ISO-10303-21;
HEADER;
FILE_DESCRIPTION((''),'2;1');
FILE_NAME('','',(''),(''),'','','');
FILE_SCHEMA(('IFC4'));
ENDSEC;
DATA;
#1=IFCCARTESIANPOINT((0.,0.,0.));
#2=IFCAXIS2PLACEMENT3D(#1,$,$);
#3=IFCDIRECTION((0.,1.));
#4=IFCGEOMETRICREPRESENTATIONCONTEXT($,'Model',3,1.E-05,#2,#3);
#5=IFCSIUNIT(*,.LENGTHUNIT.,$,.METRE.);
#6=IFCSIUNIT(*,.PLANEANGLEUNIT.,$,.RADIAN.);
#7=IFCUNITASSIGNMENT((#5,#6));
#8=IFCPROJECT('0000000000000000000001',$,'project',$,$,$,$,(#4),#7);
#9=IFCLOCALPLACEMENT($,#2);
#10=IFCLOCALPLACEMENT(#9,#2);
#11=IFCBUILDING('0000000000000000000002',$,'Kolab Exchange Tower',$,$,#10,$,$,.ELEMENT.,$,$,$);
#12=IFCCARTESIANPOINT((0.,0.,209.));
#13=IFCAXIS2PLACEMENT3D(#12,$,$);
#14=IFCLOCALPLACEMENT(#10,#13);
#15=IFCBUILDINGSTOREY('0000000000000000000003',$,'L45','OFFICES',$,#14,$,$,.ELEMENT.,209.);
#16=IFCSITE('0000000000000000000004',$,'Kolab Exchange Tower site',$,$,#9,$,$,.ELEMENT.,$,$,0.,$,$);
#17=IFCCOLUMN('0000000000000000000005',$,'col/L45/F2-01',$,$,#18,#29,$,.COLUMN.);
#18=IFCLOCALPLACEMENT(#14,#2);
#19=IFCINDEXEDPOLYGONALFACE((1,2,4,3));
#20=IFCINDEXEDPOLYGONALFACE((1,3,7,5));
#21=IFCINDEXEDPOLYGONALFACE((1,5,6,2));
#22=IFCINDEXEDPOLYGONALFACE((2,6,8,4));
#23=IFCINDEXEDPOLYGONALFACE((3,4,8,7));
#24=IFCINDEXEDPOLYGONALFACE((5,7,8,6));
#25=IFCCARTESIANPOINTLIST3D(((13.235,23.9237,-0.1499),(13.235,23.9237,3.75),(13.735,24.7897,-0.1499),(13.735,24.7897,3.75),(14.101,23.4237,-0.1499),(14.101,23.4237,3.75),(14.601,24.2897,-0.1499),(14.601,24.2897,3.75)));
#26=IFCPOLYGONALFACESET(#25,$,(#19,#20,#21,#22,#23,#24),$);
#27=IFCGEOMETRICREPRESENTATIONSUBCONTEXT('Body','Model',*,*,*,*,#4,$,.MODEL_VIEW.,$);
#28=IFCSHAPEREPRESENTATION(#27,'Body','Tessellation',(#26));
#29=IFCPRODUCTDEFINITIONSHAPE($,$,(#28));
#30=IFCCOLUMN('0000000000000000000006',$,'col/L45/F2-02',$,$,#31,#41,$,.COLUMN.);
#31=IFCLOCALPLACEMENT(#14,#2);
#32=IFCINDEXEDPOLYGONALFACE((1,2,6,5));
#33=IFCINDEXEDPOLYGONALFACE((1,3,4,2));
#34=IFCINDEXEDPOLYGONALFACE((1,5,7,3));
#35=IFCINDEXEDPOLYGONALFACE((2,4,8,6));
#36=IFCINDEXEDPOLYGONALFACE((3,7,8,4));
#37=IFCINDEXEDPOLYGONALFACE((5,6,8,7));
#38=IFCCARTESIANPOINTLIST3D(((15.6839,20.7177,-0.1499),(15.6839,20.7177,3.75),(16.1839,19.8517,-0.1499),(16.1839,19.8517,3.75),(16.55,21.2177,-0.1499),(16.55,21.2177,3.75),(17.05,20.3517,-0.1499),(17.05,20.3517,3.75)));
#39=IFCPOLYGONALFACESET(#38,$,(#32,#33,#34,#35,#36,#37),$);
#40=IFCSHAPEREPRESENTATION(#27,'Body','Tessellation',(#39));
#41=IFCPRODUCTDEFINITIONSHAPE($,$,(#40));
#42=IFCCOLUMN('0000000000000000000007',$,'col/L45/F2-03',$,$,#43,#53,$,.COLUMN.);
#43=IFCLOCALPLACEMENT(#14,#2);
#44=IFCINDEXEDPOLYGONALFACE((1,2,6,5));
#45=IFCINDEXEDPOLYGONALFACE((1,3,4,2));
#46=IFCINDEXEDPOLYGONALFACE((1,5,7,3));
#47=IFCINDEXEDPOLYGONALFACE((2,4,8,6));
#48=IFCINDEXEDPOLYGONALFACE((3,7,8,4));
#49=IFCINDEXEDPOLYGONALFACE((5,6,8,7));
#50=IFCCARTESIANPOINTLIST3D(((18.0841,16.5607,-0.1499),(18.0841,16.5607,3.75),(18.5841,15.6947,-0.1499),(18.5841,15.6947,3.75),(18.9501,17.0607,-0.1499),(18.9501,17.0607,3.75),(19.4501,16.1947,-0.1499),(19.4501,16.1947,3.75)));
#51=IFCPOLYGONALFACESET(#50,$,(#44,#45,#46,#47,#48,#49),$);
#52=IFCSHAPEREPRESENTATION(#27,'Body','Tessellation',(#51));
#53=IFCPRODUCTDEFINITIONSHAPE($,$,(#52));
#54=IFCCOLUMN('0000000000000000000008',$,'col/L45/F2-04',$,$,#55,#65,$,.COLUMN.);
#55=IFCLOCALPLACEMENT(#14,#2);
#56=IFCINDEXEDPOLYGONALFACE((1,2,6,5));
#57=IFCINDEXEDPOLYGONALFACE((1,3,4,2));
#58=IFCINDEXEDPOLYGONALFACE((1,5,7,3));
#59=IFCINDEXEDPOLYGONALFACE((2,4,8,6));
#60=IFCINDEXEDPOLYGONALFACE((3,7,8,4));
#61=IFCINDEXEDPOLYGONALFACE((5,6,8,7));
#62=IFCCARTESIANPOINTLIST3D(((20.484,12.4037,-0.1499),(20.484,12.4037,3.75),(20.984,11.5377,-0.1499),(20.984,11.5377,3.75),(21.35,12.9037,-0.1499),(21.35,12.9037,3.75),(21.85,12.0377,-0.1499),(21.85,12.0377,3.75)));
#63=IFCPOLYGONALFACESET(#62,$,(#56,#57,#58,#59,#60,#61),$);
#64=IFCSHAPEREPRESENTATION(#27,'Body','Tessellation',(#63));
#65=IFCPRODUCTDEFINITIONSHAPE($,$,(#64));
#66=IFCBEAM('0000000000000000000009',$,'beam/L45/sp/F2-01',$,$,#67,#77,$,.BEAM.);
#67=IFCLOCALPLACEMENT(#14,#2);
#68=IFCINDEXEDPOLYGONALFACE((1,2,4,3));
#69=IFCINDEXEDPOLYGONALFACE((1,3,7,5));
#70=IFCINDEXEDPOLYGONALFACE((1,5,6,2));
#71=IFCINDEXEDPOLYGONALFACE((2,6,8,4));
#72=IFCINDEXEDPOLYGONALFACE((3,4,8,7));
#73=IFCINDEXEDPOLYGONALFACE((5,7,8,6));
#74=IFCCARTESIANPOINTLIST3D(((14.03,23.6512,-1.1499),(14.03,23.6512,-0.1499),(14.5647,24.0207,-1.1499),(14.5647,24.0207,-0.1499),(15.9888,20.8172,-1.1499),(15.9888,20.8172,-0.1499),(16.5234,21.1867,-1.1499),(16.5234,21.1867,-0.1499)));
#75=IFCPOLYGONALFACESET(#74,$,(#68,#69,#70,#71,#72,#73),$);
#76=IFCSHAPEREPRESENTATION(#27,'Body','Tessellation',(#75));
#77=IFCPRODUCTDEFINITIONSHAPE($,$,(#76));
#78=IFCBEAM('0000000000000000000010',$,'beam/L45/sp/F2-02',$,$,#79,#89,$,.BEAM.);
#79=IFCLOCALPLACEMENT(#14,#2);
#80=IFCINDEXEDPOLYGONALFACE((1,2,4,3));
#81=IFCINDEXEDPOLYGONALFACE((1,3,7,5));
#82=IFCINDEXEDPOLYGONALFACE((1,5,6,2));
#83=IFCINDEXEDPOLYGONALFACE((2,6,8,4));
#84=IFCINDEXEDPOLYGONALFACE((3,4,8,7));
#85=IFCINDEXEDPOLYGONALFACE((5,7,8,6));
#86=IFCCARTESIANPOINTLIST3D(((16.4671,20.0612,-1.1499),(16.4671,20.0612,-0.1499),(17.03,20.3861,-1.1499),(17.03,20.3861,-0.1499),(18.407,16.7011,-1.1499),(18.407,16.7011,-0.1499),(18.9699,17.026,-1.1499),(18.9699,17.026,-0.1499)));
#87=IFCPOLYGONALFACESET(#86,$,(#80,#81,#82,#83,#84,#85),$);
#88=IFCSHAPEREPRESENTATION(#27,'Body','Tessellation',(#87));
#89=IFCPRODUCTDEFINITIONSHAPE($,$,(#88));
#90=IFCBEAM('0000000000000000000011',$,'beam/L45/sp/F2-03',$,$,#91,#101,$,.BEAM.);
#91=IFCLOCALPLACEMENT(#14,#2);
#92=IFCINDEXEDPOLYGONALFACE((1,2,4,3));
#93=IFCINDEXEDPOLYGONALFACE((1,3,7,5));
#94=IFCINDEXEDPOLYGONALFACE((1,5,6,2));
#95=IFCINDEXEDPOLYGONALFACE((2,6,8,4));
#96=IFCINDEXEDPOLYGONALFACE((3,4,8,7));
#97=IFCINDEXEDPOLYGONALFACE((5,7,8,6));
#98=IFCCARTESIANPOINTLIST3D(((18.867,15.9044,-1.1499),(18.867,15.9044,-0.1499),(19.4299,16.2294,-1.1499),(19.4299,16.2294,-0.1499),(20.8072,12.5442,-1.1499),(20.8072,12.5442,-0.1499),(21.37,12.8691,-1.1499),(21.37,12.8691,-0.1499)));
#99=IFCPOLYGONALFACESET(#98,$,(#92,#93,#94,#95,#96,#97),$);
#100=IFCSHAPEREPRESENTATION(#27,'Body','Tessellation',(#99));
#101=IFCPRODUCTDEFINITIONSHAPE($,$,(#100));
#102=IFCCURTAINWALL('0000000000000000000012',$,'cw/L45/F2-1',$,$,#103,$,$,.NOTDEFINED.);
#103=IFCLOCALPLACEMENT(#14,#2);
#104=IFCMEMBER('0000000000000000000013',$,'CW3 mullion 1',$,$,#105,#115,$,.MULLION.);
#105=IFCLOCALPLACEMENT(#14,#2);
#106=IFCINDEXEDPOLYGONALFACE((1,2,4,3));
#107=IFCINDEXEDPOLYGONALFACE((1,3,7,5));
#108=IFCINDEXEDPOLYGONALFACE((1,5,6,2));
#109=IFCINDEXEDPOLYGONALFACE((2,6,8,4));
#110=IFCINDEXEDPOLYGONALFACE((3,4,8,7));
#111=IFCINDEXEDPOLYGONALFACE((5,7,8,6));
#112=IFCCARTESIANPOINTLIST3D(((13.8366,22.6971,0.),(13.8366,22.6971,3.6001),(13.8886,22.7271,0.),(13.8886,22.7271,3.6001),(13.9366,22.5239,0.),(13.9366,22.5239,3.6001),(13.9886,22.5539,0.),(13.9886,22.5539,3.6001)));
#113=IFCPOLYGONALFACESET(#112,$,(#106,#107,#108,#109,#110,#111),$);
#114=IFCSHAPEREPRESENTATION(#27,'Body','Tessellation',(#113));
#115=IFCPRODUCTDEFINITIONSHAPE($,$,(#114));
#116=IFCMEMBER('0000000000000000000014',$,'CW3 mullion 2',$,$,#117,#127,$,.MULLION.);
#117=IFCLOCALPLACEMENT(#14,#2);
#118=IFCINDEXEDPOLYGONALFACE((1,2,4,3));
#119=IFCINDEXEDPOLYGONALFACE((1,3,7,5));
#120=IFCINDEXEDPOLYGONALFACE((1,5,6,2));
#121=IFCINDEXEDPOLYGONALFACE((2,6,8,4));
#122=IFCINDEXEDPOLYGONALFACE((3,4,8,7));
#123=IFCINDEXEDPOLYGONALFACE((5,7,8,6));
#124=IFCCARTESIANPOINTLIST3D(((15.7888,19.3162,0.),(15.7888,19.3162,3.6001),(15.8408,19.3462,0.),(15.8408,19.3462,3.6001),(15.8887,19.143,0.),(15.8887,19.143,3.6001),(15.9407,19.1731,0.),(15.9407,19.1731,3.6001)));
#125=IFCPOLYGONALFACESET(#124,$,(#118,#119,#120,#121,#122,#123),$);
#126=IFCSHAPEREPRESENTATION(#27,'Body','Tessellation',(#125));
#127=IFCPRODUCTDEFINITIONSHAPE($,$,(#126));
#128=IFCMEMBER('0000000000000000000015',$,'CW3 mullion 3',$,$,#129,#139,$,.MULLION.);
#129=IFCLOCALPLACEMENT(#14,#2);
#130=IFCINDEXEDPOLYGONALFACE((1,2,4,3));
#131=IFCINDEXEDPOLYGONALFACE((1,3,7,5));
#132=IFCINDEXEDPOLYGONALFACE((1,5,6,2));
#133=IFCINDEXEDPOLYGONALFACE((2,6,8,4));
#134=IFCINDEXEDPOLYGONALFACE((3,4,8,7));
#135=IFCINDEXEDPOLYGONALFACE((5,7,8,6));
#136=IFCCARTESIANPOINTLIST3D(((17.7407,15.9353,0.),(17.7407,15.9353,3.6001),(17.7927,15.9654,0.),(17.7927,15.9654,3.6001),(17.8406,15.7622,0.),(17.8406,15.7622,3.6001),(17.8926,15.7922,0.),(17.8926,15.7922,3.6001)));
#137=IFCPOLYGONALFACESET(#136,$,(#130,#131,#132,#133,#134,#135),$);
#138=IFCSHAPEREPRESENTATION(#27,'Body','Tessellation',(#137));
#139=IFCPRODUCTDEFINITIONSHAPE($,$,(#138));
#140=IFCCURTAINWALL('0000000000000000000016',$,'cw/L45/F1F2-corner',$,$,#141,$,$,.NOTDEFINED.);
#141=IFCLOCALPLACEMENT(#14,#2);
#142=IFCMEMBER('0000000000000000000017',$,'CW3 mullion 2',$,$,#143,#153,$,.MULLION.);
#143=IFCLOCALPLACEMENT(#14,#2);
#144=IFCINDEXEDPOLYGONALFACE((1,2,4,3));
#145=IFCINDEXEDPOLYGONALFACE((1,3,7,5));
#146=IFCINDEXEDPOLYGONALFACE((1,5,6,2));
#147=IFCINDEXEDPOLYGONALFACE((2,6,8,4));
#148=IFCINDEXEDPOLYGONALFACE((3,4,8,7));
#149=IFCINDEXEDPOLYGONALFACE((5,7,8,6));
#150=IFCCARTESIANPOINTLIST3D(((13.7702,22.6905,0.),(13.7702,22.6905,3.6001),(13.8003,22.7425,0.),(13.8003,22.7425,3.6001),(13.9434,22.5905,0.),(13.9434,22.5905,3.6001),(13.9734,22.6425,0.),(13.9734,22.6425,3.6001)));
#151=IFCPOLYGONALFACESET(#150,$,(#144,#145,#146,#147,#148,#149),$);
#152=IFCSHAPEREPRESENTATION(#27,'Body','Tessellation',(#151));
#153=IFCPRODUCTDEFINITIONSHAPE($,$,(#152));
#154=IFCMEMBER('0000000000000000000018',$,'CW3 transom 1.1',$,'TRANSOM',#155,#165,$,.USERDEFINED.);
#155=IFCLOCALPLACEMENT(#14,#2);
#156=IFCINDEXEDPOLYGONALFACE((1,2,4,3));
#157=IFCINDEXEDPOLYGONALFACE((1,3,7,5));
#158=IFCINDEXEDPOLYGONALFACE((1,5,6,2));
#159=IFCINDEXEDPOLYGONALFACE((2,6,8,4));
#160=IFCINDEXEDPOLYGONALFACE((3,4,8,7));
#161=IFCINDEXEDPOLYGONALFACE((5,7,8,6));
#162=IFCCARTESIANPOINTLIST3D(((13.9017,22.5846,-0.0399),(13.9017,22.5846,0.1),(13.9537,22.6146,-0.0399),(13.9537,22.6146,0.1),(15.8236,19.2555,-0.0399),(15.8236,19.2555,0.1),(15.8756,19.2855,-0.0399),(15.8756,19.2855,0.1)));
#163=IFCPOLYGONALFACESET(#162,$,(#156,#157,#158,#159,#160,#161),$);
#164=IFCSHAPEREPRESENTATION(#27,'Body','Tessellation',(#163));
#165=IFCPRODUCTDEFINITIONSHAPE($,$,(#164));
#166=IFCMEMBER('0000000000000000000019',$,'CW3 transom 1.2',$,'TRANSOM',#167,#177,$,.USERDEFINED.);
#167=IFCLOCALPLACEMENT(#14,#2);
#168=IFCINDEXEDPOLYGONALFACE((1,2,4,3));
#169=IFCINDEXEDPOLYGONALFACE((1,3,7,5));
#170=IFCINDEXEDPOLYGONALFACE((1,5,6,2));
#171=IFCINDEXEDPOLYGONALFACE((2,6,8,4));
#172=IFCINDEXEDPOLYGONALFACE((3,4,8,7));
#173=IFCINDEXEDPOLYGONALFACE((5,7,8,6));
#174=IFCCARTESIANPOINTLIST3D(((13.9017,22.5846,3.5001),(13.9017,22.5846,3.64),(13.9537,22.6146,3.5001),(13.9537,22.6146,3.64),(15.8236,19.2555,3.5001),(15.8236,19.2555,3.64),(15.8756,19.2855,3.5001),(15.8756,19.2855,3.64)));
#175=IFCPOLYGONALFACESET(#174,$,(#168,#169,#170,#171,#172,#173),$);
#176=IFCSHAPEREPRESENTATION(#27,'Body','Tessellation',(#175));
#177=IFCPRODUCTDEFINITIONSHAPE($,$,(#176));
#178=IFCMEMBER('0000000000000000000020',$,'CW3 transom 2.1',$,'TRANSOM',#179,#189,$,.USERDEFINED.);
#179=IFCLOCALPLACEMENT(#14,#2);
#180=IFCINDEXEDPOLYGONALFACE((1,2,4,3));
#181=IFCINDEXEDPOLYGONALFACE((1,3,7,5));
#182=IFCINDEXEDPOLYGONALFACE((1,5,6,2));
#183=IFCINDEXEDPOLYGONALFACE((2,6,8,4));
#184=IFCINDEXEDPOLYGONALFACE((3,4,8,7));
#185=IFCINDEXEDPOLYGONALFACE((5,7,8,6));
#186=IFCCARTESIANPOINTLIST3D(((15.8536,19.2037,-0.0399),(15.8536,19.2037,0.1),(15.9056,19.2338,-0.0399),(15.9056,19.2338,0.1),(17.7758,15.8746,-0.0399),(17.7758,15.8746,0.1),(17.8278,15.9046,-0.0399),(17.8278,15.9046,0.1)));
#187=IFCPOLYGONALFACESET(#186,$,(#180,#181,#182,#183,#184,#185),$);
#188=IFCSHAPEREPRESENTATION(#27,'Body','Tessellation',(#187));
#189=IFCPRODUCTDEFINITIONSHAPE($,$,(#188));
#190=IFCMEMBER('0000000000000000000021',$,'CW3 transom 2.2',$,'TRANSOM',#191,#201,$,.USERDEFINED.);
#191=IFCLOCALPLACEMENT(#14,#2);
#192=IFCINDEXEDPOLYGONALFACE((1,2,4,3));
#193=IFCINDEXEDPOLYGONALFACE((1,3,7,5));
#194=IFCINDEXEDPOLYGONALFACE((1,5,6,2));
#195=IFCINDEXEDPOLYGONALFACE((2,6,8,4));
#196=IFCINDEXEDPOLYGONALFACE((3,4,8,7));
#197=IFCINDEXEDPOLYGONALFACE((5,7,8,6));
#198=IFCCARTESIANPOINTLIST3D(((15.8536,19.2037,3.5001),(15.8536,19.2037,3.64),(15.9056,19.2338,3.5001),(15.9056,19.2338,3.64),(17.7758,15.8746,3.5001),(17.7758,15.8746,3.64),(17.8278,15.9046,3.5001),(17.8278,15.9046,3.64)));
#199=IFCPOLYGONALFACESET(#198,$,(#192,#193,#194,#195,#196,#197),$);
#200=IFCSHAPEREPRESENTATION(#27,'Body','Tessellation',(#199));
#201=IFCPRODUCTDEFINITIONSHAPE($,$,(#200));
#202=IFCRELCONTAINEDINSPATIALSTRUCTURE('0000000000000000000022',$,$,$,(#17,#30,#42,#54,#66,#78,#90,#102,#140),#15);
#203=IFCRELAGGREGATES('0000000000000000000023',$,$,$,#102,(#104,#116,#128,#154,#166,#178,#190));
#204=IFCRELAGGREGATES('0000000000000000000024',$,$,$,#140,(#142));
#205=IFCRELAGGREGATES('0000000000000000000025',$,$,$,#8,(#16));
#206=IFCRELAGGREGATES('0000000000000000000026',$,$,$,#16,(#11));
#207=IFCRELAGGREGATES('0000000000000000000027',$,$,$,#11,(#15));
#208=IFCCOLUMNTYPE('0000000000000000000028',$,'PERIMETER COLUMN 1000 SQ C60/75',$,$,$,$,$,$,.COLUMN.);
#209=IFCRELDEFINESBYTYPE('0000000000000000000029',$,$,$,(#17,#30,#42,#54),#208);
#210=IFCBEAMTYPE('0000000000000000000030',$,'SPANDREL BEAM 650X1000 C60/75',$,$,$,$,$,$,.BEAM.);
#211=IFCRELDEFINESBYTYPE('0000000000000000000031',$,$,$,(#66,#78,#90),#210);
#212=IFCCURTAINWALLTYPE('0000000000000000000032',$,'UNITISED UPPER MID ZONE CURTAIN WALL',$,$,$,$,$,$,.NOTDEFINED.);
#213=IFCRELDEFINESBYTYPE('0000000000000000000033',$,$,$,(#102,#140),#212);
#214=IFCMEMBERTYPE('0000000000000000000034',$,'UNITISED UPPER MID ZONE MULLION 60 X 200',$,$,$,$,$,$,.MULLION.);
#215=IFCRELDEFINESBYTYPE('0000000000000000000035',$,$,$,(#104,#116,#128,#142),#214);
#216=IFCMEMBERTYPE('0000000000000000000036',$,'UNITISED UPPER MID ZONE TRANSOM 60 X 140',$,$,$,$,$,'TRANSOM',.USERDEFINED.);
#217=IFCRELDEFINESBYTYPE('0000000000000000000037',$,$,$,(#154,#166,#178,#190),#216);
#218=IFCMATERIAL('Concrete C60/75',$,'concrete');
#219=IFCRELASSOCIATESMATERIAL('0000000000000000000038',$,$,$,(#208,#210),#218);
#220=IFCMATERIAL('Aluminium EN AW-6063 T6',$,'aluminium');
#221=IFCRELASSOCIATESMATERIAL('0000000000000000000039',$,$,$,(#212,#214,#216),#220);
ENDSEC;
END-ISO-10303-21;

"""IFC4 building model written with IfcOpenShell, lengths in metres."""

from ifc_helpers import new_model, si_unit, direction, frame, origin, origin_2d, place, context, subcontext, project, spatial, rectangle, extrude, material, material_profile, profile_set, type_object, element, aggregate, save


model = new_model("IFC4")

# Units and contexts
model_context = context("Model", 3, precision=1e-05, world=origin(), true_north=direction((0.0, 1.0)))
body_context = subcontext(model_context, "Body", "Model", "MODEL_VIEW")
ifc_project = project(units=[si_unit("LENGTHUNIT", "METRE"), si_unit("PLANEANGLEUNIT", "RADIAN")], contexts=[model_context])

# Site, building, storey
site_placement = place(None, origin())
site = spatial("IfcSite", under=ifc_project, at=site_placement, Name="Kolab Exchange Tower site", CompositionType="ELEMENT", RefElevation=0.0)
building_placement = place(site_placement, origin())
building = spatial("IfcBuilding", under=site, at=building_placement, Name="Kolab Exchange Tower", CompositionType="ELEMENT")
storey_placement = place(building_placement, frame((0.0, 0.0, 209.0)))
storey = spatial("IfcBuildingStorey", under=building, at=storey_placement, Name="L45", Description="OFFICES", CompositionType="ELEMENT", Elevation=209.0)

# Columns
ifc_material_1 = material(Name="Concrete C60/75", Category="concrete")
ifc_material_profile_1 = material_profile(ifc_material_1, rectangle(XDim=1.0, YDim=1.0, at=origin_2d()), Name="RC1000")
ifc_profile_set_1 = profile_set([ifc_material_profile_1], Name="Concrete C60/75")
column_type = type_object("IfcColumnType", Name="PERIMETER COLUMN 1000 SQ C60/75", PredefinedType="COLUMN", material=ifc_profile_set_1)
for number, where, z_axis, x_axis, name in (
    (1, (13.918, 24.1067, -0.1499), (0.0, 0.0, 1.0), (0.5, 0.866025, 0.0), "col/L45/F2-01"),
    (2, (16.3669, 20.5347, -0.1499), (0.0, 0.0, 1.0), (0.866025, 0.5, 0.0), "col/L45/F2-02"),
    (3, (18.7671, 16.3777, -0.1499), (0.0, 0.0, 1.0), (0.866025, 0.5, 0.0), "col/L45/F2-03"),
    (4, (21.167, 12.2207, -0.1499), (0.0, 0.0, 1.0), (0.866025, 0.5, 0.0), "col/L45/F2-04"),
):
    element("IfcColumn", number, at=place(storey_placement, frame(where, z_axis=z_axis, x_axis=x_axis)), inside=storey, type_object=column_type, Name=name, PredefinedType="COLUMN", context=body_context, shape_type="SweptSolid", body=[
        extrude(rectangle(XDim=1.0, YDim=1.0, at=origin_2d()), origin(), (0.0, 0.0, 1.0), 3.8999),
    ])

# Beams
ifc_material_profile_2 = material_profile(ifc_material_1, rectangle(XDim=0.6499, YDim=1.0, at=origin_2d()), Name="RC650X1000")
ifc_profile_set_2 = profile_set([ifc_material_profile_2], Name="Concrete C60/75")
beam_type = type_object("IfcBeamType", Name="SPANDREL BEAM 650X1000 C60/75", PredefinedType="BEAM", material=ifc_profile_set_2)
beam_1_placement = place(storey_placement, frame((14.2974, 23.8359, -0.6499), z_axis=(0.568572, -0.822633, 0.0), x_axis=(0.822633, 0.568572, 0.0)))
element("IfcBeam", 5, at=beam_1_placement, inside=storey, type_object=beam_type, Name="beam/L45/sp/F2-01", PredefinedType="BEAM", context=body_context, shape_type="SweptSolid", body=[
    extrude(rectangle(XDim=0.6499, YDim=1.0, at=origin_2d()), origin(), (0.0, 0.0, 1.0), 3.4451),
])
beam_2_placement = place(storey_placement, frame((16.7485, 20.2236, -0.6499), z_axis=(0.499997, -0.866027, 0.0), x_axis=(0.866027, 0.499997, 0.0)))
element("IfcBeam", 6, at=beam_2_placement, inside=storey, type_object=beam_type, Name="beam/L45/sp/F2-02", PredefinedType="BEAM", context=body_context, shape_type="SweptSolid", body=[
    extrude(rectangle(XDim=0.6499, YDim=1.0, at=origin_2d()), origin(), (0.0, 0.0, 1.0), 3.8799),
])
beam_3_placement = place(storey_placement, frame((19.1484, 16.0669, -0.6499), z_axis=(0.500017, -0.866016, 0.0), x_axis=(0.866016, 0.500017, 0.0)))
element("IfcBeam", 7, at=beam_3_placement, inside=storey, type_object=beam_type, Name="beam/L45/sp/F2-03", PredefinedType="BEAM", context=body_context, shape_type="SweptSolid", body=[
    extrude(rectangle(XDim=0.6499, YDim=1.0, at=origin_2d()), origin(), (0.0, 0.0, 1.0), 3.8801),
])

# Curtain wall, members
ifc_material_2 = material(Name="Aluminium EN AW-6063 T6", Category="aluminium")
curtain_wall_type = type_object("IfcCurtainWallType", Name="UNITISED UPPER MID ZONE CURTAIN WALL", PredefinedType="NOTDEFINED", material=ifc_material_2)
curtain_wall_1_placement = place(storey_placement, origin())
curtain_wall_1 = element("IfcCurtainWall", 8, at=curtain_wall_1_placement, inside=storey, type_object=curtain_wall_type, Name="cw/L45/F2-1", PredefinedType="NOTDEFINED")
ifc_material_profile_3 = material_profile(ifc_material_2, rectangle(XDim=0.0601, YDim=0.2, at=origin_2d()), Name="RECT 60X200")
ifc_profile_set_3 = profile_set([ifc_material_profile_3], Name="Aluminium EN AW-6063 T6")
member_type_1 = type_object("IfcMemberType", Name="UNITISED UPPER MID ZONE MULLION 60 X 200", PredefinedType="MULLION", material=ifc_profile_set_3)
member_1_placement = place(storey_placement, frame((13.9126, 22.6255, 0.0), z_axis=(0.0, 0.0, 1.0), x_axis=(0.866025, 0.5, 0.0)))
member_1 = element("IfcMember", 9, at=member_1_placement, type_object=member_type_1, Name="CW3 mullion 1", PredefinedType="MULLION", context=body_context, shape_type="SweptSolid", body=[
    extrude(rectangle(XDim=0.0601, YDim=0.2, at=origin_2d()), origin(), (0.0, 0.0, 1.0), 3.6001),
])
member_2_placement = place(storey_placement, frame((15.8647, 19.2446, 0.0), z_axis=(0.0, 0.0, 1.0), x_axis=(0.866025, 0.5, 0.0)))
member_2 = element("IfcMember", 10, at=member_2_placement, type_object=member_type_1, Name="CW3 mullion 2", PredefinedType="MULLION", context=body_context, shape_type="SweptSolid", body=[
    extrude(rectangle(XDim=0.0601, YDim=0.2, at=origin_2d()), origin(), (0.0, 0.0, 1.0), 3.6001),
])
member_3_placement = place(storey_placement, frame((17.8167, 15.8638, 0.0), z_axis=(0.0, 0.0, 1.0), x_axis=(0.866025, 0.5, 0.0)))
member_3 = element("IfcMember", 11, at=member_3_placement, type_object=member_type_1, Name="CW3 mullion 3", PredefinedType="MULLION", context=body_context, shape_type="SweptSolid", body=[
    extrude(rectangle(XDim=0.0601, YDim=0.2, at=origin_2d()), origin(), (0.0, 0.0, 1.0), 3.6001),
])

# Curtain wall, member
curtain_wall_2_placement = place(storey_placement, origin())
curtain_wall_2 = element("IfcCurtainWall", 12, at=curtain_wall_2_placement, inside=storey, type_object=curtain_wall_type, Name="cw/L45/F1F2-corner", PredefinedType="NOTDEFINED")
member_4_placement = place(storey_placement, frame((13.8718, 22.6665, 0.0), z_axis=(0.0, 0.0, 1.0), x_axis=(0.5, 0.866025, 0.0)))
member_4 = element("IfcMember", 13, at=member_4_placement, type_object=member_type_1, Name="CW3 mullion 2", PredefinedType="MULLION", context=body_context, shape_type="SweptSolid", body=[
    extrude(rectangle(XDim=0.0601, YDim=0.2, at=origin_2d()), origin(), (0.0, 0.0, 1.0), 3.6001),
])

# Members
ifc_material_profile_4 = material_profile(ifc_material_2, rectangle(XDim=0.0601, YDim=0.1399, at=origin_2d()), Name="RECT 60X140")
ifc_profile_set_4 = profile_set([ifc_material_profile_4], Name="Aluminium EN AW-6063 T6")
member_type_2 = type_object("IfcMemberType", Name="UNITISED UPPER MID ZONE TRANSOM 60 X 140", ElementType="TRANSOM", PredefinedType="USERDEFINED", material=ifc_profile_set_4)
member_5_placement = place(storey_placement, frame((13.9277, 22.5996, 0.03), z_axis=(0.499964, -0.866046, 0.0), x_axis=(0.866046, 0.499964, 0.0)))
member_5 = element("IfcMember", 14, at=member_5_placement, type_object=member_type_2, Name="CW3 transom 1.1", ObjectType="TRANSOM", PredefinedType="USERDEFINED", context=body_context, shape_type="SweptSolid", body=[
    extrude(rectangle(XDim=0.0601, YDim=0.1399, at=origin_2d()), origin(), (0.0, 0.0, 1.0), 3.844),
])
member_6_placement = place(storey_placement, frame((13.9277, 22.5996, 3.5701), z_axis=(0.499964, -0.866046, 0.0), x_axis=(0.866046, 0.499964, 0.0)))
member_6 = element("IfcMember", 15, at=member_6_placement, type_object=member_type_2, Name="CW3 transom 1.2", ObjectType="TRANSOM", PredefinedType="USERDEFINED", context=body_context, shape_type="SweptSolid", body=[
    extrude(rectangle(XDim=0.0601, YDim=0.1399, at=origin_2d()), origin(), (0.0, 0.0, 1.0), 3.844),
])
member_7_placement = place(storey_placement, frame((15.8796, 19.2188, 0.03), z_axis=(0.500012, -0.866018, 0.0), x_axis=(0.866018, 0.500012, 0.0)))
member_7 = element("IfcMember", 16, at=member_7_placement, type_object=member_type_2, Name="CW3 transom 2.1", ObjectType="TRANSOM", PredefinedType="USERDEFINED", context=body_context, shape_type="SweptSolid", body=[
    extrude(rectangle(XDim=0.0601, YDim=0.1399, at=origin_2d()), origin(), (0.0, 0.0, 1.0), 3.8442),
])
member_8_placement = place(storey_placement, frame((15.8796, 19.2188, 3.5701), z_axis=(0.500012, -0.866018, 0.0), x_axis=(0.866018, 0.500012, 0.0)))
member_8 = element("IfcMember", 17, at=member_8_placement, type_object=member_type_2, Name="CW3 transom 2.2", ObjectType="TRANSOM", PredefinedType="USERDEFINED", context=body_context, shape_type="SweptSolid", body=[
    extrude(rectangle(XDim=0.0601, YDim=0.1399, at=origin_2d()), origin(), (0.0, 0.0, 1.0), 3.8442),
])

aggregate(curtain_wall_1, [member_1, member_2, member_3, member_5, member_6, member_7, member_8])
aggregate(curtain_wall_2, [member_4])

save(model, "model.ifc")
